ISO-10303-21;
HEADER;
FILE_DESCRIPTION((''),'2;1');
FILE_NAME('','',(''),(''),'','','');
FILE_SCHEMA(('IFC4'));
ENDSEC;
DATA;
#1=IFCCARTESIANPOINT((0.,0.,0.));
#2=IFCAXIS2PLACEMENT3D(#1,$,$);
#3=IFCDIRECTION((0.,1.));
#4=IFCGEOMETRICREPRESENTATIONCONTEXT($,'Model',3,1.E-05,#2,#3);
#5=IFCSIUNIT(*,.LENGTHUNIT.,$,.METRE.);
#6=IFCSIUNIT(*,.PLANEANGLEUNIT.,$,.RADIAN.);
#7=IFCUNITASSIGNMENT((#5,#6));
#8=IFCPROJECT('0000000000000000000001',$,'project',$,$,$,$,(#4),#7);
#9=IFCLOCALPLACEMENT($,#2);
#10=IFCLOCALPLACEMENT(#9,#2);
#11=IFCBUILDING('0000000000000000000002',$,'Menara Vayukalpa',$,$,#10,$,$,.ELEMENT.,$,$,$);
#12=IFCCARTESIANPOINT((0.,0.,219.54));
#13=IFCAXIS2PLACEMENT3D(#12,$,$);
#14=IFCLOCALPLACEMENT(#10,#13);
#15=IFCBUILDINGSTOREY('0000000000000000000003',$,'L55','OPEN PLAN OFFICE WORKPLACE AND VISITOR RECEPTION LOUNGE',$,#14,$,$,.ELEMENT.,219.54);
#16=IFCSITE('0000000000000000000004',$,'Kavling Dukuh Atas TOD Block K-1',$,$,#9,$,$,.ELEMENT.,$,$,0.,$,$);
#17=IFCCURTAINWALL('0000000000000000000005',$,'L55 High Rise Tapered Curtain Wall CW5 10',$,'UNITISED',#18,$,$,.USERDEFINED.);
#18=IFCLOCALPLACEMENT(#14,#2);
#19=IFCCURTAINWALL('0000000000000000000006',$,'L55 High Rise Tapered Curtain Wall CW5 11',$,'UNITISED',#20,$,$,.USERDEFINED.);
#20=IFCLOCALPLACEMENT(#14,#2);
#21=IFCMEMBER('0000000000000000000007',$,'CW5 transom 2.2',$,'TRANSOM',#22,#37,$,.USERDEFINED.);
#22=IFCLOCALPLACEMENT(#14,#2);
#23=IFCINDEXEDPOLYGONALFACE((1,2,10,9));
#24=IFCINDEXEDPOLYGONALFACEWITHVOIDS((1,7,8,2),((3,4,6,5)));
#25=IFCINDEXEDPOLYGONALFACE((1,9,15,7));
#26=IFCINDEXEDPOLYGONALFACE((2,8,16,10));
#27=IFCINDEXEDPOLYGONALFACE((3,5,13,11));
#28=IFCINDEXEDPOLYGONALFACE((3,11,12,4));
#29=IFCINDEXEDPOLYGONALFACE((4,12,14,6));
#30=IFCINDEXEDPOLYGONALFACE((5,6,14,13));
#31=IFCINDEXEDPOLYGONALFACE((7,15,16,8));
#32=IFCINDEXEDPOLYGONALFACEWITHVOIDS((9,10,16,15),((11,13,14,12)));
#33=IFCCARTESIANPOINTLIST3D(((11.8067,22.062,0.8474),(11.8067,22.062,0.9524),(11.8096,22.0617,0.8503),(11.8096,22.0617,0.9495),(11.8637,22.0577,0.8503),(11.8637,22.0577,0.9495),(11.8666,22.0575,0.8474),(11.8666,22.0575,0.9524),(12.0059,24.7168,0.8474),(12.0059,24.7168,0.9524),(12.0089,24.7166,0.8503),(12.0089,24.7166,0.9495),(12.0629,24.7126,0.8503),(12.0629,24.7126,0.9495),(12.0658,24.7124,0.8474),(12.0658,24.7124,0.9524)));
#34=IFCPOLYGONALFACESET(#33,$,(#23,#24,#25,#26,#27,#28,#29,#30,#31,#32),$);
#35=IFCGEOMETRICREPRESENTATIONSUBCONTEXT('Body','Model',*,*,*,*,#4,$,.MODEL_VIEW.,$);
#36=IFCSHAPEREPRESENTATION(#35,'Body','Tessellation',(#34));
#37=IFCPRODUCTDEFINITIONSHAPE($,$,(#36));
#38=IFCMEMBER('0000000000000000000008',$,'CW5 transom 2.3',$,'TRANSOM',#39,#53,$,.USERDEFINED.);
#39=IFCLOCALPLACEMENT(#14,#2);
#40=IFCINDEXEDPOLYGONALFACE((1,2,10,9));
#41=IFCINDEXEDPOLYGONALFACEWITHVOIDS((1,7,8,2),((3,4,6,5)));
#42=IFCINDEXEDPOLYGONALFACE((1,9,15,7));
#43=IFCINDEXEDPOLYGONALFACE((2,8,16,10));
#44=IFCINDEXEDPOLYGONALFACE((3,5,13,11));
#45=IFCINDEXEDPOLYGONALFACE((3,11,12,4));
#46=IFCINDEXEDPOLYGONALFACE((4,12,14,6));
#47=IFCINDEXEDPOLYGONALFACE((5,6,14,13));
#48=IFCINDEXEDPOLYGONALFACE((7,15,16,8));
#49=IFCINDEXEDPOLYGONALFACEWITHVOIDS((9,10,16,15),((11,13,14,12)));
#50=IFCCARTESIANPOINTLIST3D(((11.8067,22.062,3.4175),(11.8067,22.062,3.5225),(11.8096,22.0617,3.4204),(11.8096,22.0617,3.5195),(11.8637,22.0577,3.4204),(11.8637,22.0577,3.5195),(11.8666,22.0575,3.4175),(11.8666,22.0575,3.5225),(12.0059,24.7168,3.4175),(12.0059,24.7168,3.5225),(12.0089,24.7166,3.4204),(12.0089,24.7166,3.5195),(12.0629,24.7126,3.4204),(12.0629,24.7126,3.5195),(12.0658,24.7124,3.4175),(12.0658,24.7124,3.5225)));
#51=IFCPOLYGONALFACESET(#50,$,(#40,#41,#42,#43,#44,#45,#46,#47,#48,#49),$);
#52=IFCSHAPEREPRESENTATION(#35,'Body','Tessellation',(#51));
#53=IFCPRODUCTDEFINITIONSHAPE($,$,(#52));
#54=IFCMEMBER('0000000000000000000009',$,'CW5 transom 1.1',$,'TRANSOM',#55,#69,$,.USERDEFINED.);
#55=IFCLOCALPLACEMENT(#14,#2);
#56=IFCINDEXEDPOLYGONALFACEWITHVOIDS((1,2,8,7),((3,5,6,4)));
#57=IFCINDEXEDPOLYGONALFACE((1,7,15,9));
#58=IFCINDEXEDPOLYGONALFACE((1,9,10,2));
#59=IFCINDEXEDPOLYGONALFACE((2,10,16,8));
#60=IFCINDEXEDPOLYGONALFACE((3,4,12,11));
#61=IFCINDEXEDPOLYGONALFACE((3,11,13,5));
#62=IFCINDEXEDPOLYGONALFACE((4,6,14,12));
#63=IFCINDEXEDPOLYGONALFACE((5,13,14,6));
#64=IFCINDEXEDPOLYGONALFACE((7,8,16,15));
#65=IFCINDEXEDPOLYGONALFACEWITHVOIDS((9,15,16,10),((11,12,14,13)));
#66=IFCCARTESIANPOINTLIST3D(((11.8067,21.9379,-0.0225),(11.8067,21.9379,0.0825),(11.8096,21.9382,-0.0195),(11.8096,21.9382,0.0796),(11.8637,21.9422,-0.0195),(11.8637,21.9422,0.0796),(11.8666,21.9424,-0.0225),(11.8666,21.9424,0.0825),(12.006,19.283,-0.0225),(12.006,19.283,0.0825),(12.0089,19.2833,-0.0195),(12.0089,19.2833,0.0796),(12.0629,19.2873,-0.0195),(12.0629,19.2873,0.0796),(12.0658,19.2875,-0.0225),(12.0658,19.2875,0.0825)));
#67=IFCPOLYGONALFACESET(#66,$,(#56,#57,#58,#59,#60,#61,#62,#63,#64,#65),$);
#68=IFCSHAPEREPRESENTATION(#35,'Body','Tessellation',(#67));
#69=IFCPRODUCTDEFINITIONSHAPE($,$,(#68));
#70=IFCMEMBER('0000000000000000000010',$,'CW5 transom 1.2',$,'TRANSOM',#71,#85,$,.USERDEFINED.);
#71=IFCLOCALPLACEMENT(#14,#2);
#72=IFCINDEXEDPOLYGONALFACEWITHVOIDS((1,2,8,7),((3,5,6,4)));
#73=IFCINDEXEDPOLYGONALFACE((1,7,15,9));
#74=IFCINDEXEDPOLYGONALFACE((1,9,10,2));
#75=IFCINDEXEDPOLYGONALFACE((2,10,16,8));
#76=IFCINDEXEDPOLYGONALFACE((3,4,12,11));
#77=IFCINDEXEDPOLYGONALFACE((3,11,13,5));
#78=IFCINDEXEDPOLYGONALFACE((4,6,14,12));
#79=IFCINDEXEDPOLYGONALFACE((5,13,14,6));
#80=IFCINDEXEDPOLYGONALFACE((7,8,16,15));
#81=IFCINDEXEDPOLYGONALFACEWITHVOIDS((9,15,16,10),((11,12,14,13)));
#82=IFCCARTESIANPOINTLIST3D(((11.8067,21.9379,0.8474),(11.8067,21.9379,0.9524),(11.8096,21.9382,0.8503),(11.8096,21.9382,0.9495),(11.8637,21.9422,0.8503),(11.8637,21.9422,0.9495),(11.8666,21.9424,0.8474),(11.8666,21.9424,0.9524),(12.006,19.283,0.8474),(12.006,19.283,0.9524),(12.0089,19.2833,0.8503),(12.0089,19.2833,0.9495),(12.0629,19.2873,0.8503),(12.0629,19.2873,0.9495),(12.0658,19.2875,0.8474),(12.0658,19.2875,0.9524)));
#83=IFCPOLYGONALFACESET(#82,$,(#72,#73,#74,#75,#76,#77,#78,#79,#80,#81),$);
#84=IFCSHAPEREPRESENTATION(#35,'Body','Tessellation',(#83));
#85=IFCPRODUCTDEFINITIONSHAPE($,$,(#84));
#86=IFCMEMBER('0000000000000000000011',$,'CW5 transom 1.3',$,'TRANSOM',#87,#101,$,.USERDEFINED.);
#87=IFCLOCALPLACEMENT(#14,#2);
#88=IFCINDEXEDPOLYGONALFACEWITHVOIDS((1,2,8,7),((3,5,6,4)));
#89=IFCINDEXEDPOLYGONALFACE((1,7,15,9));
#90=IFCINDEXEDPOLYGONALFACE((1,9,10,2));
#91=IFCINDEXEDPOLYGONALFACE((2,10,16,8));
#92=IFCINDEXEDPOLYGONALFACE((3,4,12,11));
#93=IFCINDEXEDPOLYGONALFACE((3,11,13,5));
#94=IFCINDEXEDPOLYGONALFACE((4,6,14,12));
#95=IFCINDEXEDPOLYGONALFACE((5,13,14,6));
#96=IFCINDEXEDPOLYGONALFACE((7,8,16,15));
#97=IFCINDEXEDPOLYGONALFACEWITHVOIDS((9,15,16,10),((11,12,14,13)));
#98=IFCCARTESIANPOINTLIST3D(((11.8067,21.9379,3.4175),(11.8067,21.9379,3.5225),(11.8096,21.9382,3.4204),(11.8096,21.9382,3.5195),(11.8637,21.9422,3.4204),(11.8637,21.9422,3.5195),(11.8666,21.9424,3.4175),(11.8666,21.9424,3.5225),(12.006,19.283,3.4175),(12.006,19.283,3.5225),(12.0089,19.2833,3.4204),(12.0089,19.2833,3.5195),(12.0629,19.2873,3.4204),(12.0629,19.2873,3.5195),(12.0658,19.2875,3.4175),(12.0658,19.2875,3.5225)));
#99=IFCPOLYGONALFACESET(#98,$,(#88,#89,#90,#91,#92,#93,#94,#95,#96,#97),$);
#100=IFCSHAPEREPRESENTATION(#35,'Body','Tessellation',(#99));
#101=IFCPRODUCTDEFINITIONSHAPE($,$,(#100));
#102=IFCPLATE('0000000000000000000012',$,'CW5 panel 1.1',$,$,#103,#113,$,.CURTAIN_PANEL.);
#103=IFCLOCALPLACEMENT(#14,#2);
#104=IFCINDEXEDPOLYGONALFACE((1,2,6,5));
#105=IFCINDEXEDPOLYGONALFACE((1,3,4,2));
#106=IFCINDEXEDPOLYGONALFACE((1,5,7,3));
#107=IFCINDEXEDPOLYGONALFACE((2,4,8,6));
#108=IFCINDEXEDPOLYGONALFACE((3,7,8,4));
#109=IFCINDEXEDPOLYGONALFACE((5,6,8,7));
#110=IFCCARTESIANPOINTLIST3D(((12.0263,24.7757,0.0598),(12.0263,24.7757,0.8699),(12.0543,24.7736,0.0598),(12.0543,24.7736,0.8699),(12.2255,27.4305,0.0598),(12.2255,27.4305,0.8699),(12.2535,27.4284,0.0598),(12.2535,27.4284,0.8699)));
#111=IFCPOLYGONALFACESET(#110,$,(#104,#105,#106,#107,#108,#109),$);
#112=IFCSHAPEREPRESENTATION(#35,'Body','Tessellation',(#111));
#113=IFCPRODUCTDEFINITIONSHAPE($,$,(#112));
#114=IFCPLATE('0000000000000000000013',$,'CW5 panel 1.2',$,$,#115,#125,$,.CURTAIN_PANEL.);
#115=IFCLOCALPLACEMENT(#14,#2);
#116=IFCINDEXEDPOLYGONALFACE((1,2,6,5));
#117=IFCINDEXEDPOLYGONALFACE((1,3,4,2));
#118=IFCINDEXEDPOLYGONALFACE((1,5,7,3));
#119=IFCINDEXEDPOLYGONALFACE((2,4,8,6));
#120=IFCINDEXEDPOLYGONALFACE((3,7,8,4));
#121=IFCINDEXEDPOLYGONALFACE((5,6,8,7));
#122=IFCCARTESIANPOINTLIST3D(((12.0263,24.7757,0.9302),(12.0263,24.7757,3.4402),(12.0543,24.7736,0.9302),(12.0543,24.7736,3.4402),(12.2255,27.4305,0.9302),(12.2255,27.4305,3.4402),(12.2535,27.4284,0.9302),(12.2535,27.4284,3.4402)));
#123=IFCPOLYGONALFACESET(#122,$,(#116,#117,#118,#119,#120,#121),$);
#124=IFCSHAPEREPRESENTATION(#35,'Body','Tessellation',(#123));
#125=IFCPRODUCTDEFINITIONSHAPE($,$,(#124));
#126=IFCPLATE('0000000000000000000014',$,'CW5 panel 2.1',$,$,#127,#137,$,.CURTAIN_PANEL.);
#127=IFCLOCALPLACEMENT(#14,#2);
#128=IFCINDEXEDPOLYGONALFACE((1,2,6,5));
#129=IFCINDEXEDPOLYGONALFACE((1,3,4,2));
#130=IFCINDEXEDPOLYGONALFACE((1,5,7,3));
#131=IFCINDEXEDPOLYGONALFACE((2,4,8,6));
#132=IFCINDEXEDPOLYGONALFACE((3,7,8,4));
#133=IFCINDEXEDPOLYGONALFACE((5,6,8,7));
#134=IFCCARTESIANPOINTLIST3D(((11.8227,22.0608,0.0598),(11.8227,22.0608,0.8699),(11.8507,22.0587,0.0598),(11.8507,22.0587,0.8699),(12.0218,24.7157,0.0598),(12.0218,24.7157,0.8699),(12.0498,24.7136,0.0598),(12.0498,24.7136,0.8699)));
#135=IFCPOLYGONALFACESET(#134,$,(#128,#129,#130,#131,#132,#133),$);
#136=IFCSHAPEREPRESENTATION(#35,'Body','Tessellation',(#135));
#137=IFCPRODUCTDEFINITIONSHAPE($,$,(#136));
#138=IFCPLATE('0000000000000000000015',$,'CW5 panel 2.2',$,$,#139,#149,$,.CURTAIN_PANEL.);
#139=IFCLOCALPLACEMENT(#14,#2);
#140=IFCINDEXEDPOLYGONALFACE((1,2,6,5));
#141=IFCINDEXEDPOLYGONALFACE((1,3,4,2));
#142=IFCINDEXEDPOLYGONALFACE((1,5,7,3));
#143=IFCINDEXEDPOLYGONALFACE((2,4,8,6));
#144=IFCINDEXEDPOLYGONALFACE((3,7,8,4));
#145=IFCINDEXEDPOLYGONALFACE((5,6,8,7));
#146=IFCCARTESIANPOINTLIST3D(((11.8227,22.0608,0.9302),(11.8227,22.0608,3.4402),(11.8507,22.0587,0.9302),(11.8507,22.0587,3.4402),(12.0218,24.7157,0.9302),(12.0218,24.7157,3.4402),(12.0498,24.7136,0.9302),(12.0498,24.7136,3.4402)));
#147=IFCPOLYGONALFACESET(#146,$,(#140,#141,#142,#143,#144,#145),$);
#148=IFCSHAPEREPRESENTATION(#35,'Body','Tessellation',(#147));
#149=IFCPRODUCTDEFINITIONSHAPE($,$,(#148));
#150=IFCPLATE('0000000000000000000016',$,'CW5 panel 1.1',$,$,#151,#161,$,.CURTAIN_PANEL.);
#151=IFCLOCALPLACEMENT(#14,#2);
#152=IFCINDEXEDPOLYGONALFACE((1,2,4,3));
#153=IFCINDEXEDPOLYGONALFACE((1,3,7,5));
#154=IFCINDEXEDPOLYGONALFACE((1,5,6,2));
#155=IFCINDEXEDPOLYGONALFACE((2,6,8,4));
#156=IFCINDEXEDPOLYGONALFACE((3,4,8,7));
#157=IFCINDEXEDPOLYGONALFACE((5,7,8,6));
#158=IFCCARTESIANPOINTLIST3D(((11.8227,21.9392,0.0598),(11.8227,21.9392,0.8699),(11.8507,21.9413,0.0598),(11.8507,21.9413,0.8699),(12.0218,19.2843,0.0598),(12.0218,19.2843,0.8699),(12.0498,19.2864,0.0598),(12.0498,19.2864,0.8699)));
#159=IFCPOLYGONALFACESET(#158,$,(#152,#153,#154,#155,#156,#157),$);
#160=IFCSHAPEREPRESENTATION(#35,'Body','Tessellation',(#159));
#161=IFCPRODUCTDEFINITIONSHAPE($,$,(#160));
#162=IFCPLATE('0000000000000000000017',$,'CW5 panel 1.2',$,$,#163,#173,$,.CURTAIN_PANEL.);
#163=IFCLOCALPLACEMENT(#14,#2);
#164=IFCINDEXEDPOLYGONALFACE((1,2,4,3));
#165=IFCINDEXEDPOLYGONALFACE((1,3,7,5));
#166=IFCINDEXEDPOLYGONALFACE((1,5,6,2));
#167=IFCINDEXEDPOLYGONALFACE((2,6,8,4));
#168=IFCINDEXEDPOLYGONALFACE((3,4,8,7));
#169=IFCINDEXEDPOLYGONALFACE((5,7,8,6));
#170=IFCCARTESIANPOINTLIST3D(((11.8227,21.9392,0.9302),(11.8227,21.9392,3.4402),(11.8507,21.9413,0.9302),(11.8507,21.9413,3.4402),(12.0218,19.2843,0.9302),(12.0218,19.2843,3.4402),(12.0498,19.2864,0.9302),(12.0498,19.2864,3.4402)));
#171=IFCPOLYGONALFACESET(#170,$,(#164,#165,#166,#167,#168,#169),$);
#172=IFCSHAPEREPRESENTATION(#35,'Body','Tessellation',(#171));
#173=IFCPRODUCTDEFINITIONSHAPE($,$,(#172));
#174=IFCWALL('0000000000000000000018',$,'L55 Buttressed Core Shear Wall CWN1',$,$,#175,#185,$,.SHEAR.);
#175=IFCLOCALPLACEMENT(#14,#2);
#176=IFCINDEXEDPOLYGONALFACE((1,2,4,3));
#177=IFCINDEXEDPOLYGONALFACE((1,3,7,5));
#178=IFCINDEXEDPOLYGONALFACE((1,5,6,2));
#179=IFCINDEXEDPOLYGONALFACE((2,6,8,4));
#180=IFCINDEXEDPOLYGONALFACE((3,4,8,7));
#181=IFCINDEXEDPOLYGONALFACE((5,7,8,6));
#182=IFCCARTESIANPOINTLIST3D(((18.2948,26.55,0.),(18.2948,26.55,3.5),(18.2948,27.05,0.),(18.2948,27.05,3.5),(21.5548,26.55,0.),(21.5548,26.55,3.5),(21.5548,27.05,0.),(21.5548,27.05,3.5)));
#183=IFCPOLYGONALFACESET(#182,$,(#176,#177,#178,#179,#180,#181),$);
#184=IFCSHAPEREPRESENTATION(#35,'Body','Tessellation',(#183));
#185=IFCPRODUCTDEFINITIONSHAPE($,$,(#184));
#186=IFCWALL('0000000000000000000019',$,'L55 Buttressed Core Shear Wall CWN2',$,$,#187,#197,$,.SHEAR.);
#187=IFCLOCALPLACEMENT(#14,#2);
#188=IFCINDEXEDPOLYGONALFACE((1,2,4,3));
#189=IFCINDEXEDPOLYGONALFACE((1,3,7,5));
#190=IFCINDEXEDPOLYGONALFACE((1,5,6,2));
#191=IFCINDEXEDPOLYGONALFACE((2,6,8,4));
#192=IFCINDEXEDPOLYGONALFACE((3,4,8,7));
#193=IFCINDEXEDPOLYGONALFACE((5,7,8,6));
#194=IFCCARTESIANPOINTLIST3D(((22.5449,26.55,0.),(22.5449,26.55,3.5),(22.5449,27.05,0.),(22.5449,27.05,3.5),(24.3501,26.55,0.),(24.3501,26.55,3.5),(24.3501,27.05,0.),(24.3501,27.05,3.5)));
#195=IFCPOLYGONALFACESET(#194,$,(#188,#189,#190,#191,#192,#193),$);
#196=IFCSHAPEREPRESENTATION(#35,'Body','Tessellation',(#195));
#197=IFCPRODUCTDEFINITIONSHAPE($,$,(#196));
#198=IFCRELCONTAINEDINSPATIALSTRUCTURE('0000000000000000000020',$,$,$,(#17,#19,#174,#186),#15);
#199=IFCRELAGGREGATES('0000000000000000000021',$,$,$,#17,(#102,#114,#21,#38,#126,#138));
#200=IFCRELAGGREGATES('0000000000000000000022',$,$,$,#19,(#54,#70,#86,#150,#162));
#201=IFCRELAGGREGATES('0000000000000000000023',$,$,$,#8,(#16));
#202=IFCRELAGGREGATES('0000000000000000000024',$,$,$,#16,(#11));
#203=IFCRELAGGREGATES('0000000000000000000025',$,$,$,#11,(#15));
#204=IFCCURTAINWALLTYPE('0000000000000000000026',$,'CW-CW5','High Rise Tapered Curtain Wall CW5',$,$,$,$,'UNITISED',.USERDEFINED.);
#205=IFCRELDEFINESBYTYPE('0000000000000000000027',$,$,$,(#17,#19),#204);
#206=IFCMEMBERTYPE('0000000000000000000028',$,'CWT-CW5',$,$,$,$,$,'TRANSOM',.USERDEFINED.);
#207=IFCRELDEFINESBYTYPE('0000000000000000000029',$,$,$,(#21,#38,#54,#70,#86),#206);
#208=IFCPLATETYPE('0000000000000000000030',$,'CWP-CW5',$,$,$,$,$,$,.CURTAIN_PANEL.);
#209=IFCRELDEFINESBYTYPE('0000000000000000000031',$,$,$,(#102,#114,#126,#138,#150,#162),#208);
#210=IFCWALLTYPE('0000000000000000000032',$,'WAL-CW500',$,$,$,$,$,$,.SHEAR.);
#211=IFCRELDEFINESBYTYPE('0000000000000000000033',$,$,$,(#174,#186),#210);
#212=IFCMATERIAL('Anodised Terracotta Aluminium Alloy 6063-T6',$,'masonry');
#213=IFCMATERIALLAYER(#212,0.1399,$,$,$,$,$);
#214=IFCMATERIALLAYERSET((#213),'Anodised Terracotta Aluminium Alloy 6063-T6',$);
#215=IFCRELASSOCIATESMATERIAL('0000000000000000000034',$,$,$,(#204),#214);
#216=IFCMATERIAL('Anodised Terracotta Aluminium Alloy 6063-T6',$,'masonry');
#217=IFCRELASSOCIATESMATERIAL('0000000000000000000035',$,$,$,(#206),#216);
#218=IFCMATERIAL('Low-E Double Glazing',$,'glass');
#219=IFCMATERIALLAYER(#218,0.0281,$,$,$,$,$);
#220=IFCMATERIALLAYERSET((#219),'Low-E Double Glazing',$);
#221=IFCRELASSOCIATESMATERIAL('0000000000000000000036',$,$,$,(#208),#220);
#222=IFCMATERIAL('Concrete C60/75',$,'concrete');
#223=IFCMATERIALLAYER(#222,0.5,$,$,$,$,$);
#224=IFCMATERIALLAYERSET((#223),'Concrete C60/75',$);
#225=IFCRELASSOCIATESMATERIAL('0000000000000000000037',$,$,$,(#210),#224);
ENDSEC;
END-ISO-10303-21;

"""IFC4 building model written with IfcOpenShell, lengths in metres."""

from ifc_helpers import new_model, si_unit, direction, frame, frame_2d, origin, origin_2d, place, context, subcontext, project, spatial, rectangle, hollow_rectangle, extrude, material, layer, layer_set, material_profile, profile_set, type_object, element, aggregate, save


model = new_model("IFC4")

# Units and contexts
model_context = context("Model", 3, precision=1e-05, world=origin(), true_north=direction((0.0, 1.0)))
body_context = subcontext(model_context, "Body", "Model", "MODEL_VIEW")
ifc_project = project(units=[si_unit("LENGTHUNIT", "METRE"), si_unit("PLANEANGLEUNIT", "RADIAN")], contexts=[model_context])

# Site, building, storey
site_placement = place(None, origin())
site = spatial("IfcSite", under=ifc_project, at=site_placement, Name="Kavling Dukuh Atas TOD Block K-1", CompositionType="ELEMENT", RefElevation=0.0)
building_placement = place(site_placement, origin())
building = spatial("IfcBuilding", under=site, at=building_placement, Name="Menara Vayukalpa", CompositionType="ELEMENT")
storey_placement = place(building_placement, frame((0.0, 0.0, 219.54)))
storey = spatial("IfcBuildingStorey", under=building, at=storey_placement, Name="L55", Description="OPEN PLAN OFFICE WORKPLACE AND VISITOR RECEPTION LOUNGE", CompositionType="ELEMENT", Elevation=219.54)

# Curtain wall
ifc_material_1 = material(Name="Anodised Terracotta Aluminium Alloy 6063-T6", Category="masonry")
ifc_layer_1 = layer(ifc_material_1, 0.1399)
ifc_layer_set_1 = layer_set([ifc_layer_1], Name="Anodised Terracotta Aluminium Alloy 6063-T6")
curtain_wall_type = type_object("IfcCurtainWallType", Name="CW-CW5", Description="High Rise Tapered Curtain Wall CW5", ElementType="UNITISED", PredefinedType="USERDEFINED", material=ifc_layer_set_1)
curtain_wall_1_placement = place(storey_placement, origin())
curtain_wall_1 = element("IfcCurtainWall", 1, at=curtain_wall_1_placement, inside=storey, type_object=curtain_wall_type, Name="L55 High Rise Tapered Curtain Wall CW5 10", ObjectType="UNITISED", PredefinedType="USERDEFINED")

# Curtain wall
curtain_wall_2_placement = place(storey_placement, origin())
curtain_wall_2 = element("IfcCurtainWall", 2, at=curtain_wall_2_placement, inside=storey, type_object=curtain_wall_type, Name="L55 High Rise Tapered Curtain Wall CW5 11", ObjectType="UNITISED", PredefinedType="USERDEFINED")

# Members
ifc_material_2 = material(Name="Anodised Terracotta Aluminium Alloy 6063-T6", Category="masonry")
ifc_material_profile_1 = material_profile(ifc_material_2, hollow_rectangle(XDim=0.0601, YDim=0.105, WallThickness=0.0029, at=origin_2d()), Name="ALU 60x105x3")
ifc_profile_set_1 = profile_set([ifc_material_profile_1], Name="Anodised Terracotta Aluminium Alloy 6063-T6")
member_type_1 = type_object("IfcMemberType", Name="CWT-CW5", ElementType="TRANSOM", PredefinedType="USERDEFINED", material=ifc_profile_set_1)
member_1_placement = place(storey_placement, frame((12.0359, 24.7146, 0.8999), z_axis=(-0.074831, -0.997196, 0.0), x_axis=(0.997196, -0.074831, 0.0)))
member_1 = element("IfcMember", 3, at=member_1_placement, type_object=member_type_1, Name="CW5 transom 2.2", ObjectType="TRANSOM", PredefinedType="USERDEFINED", context=body_context, shape_type="SweptSolid", body=[
    extrude(hollow_rectangle(XDim=0.0601, YDim=0.105, WallThickness=0.0029, at=origin_2d()), origin(), (0.0, 0.0, 1.0), 2.6624),
])
member_2_placement = place(storey_placement, frame((12.0359, 24.7146, 3.47), z_axis=(-0.074831, -0.997196, 0.0), x_axis=(0.997196, -0.074831, 0.0)))
member_2 = element("IfcMember", 4, at=member_2_placement, type_object=member_type_1, Name="CW5 transom 2.3", ObjectType="TRANSOM", PredefinedType="USERDEFINED", context=body_context, shape_type="SweptSolid", body=[
    extrude(hollow_rectangle(XDim=0.0601, YDim=0.105, WallThickness=0.0029, at=origin_2d()), origin(), (0.0, 0.0, 1.0), 2.6624),
])
member_3_placement = place(storey_placement, frame((11.8367, 21.9402, 0.03), z_axis=(0.074831, -0.997196, 0.0), x_axis=(0.997196, 0.074831, 0.0)))
member_3 = element("IfcMember", 5, at=member_3_placement, type_object=member_type_1, Name="CW5 transom 1.1", ObjectType="TRANSOM", PredefinedType="USERDEFINED", context=body_context, shape_type="SweptSolid", body=[
    extrude(hollow_rectangle(XDim=0.0601, YDim=0.105, WallThickness=0.0029, at=origin_2d()), origin(), (0.0, 0.0, 1.0), 2.6624),
])
member_4_placement = place(storey_placement, frame((11.8367, 21.9402, 0.8999), z_axis=(0.074831, -0.997196, 0.0), x_axis=(0.997196, 0.074831, 0.0)))
member_4 = element("IfcMember", 6, at=member_4_placement, type_object=member_type_1, Name="CW5 transom 1.2", ObjectType="TRANSOM", PredefinedType="USERDEFINED", context=body_context, shape_type="SweptSolid", body=[
    extrude(hollow_rectangle(XDim=0.0601, YDim=0.105, WallThickness=0.0029, at=origin_2d()), origin(), (0.0, 0.0, 1.0), 2.6624),
])
member_5_placement = place(storey_placement, frame((11.8367, 21.9402, 3.47), z_axis=(0.074831, -0.997196, 0.0), x_axis=(0.997196, 0.074831, 0.0)))
member_5 = element("IfcMember", 7, at=member_5_placement, type_object=member_type_1, Name="CW5 transom 1.3", ObjectType="TRANSOM", PredefinedType="USERDEFINED", context=body_context, shape_type="SweptSolid", body=[
    extrude(hollow_rectangle(XDim=0.0601, YDim=0.105, WallThickness=0.0029, at=origin_2d()), origin(), (0.0, 0.0, 1.0), 2.6624),
])

# Plates
ifc_material_3 = material(Name="Low-E Double Glazing", Category="glass")
ifc_layer_2 = layer(ifc_material_3, 0.0281)
ifc_layer_set_2 = layer_set([ifc_layer_2], Name="Low-E Double Glazing")
plate_type = type_object("IfcPlateType", Name="CWP-CW5", PredefinedType="CURTAIN_PANEL", material=ifc_layer_set_2)
plate_1_placement = place(storey_placement, frame((12.1399, 26.1021, 0.0598), z_axis=(0.0, 0.0, 1.0), x_axis=(-0.074792, -0.997199, 0.0)))
plate_1 = element("IfcPlate", 8, at=plate_1_placement, type_object=plate_type, Name="CW5 panel 1.1", PredefinedType="CURTAIN_PANEL", context=body_context, shape_type="SweptSolid", body=[
    extrude(rectangle(XDim=2.6624, YDim=0.0281, at=origin_2d()), origin(), (0.0, 0.0, 1.0), 0.8101),
])
plate_2_placement = place(storey_placement, frame((12.1399, 26.1021, 0.9302), z_axis=(0.0, 0.0, 1.0), x_axis=(-0.074792, -0.997199, 0.0)))
plate_2 = element("IfcPlate", 9, at=plate_2_placement, type_object=plate_type, Name="CW5 panel 1.2", PredefinedType="CURTAIN_PANEL", context=body_context, shape_type="SweptSolid", body=[
    extrude(rectangle(XDim=2.6624, YDim=0.0281, at=origin_2d()), origin(), (0.0, 0.0, 1.0), 2.51),
])
plate_3_placement = place(storey_placement, frame((11.9363, 23.3872, 0.0598), z_axis=(0.0, 0.0, 1.0), x_axis=(-0.074792, -0.997199, 0.0)))
plate_3 = element("IfcPlate", 10, at=plate_3_placement, type_object=plate_type, Name="CW5 panel 2.1", PredefinedType="CURTAIN_PANEL", context=body_context, shape_type="SweptSolid", body=[
    extrude(rectangle(XDim=2.6624, YDim=0.0281, at=origin_2d()), origin(), (0.0, 0.0, 1.0), 0.8101),
])
plate_4_placement = place(storey_placement, frame((11.9363, 23.3872, 0.9302), z_axis=(0.0, 0.0, 1.0), x_axis=(-0.074792, -0.997199, 0.0)))
plate_4 = element("IfcPlate", 11, at=plate_4_placement, type_object=plate_type, Name="CW5 panel 2.2", PredefinedType="CURTAIN_PANEL", context=body_context, shape_type="SweptSolid", body=[
    extrude(rectangle(XDim=2.6624, YDim=0.0281, at=origin_2d()), origin(), (0.0, 0.0, 1.0), 2.51),
])
aggregate(curtain_wall_1, [plate_1, plate_2, member_1, member_2, plate_3, plate_4])
plate_5_placement = place(storey_placement, frame((11.9363, 20.6128, 0.0598), z_axis=(0.0, 0.0, 1.0), x_axis=(0.074792, -0.997199, 0.0)))
plate_5 = element("IfcPlate", 12, at=plate_5_placement, type_object=plate_type, Name="CW5 panel 1.1", PredefinedType="CURTAIN_PANEL", context=body_context, shape_type="SweptSolid", body=[
    extrude(rectangle(XDim=2.6624, YDim=0.0281, at=origin_2d()), origin(), (0.0, 0.0, 1.0), 0.8101),
])
plate_6_placement = place(storey_placement, frame((11.9363, 20.6128, 0.9302), z_axis=(0.0, 0.0, 1.0), x_axis=(0.074792, -0.997199, 0.0)))
plate_6 = element("IfcPlate", 13, at=plate_6_placement, type_object=plate_type, Name="CW5 panel 1.2", PredefinedType="CURTAIN_PANEL", context=body_context, shape_type="SweptSolid", body=[
    extrude(rectangle(XDim=2.6624, YDim=0.0281, at=origin_2d()), origin(), (0.0, 0.0, 1.0), 2.51),
])
aggregate(curtain_wall_2, [member_3, member_4, member_5, plate_5, plate_6])

# Walls
ifc_material_4 = material(Name="Concrete C60/75", Category="concrete")
ifc_layer_3 = layer(ifc_material_4, 0.5)
ifc_layer_set_3 = layer_set([ifc_layer_3], Name="Concrete C60/75")
wall_type_1 = type_object("IfcWallType", Name="WAL-CW500", PredefinedType="SHEAR", material=ifc_layer_set_3)
wall_1_placement = place(storey_placement, frame((18.2949, 26.8, 0.0), z_axis=(0.0, 0.0, 1.0), x_axis=(1.0, 0.0, 0.0)))
element("IfcWall", 14, at=wall_1_placement, inside=storey, type_object=wall_type_1, Name="L55 Buttressed Core Shear Wall CWN1", PredefinedType="SHEAR", context=body_context, shape_type="SweptSolid", body=[
    extrude(rectangle(XDim=3.26, YDim=0.5, at=frame_2d((1.6299, 0.0))), origin(), (0.0, 0.0, 1.0), 3.5),
])
wall_2_placement = place(storey_placement, frame((22.5449, 26.8, 0.0), z_axis=(0.0, 0.0, 1.0), x_axis=(1.0, 0.0, 0.0)))
element("IfcWall", 15, at=wall_2_placement, inside=storey, type_object=wall_type_1, Name="L55 Buttressed Core Shear Wall CWN2", PredefinedType="SHEAR", context=body_context, shape_type="SweptSolid", body=[
    extrude(rectangle(XDim=1.8052, YDim=0.5, at=frame_2d((0.9026, 0.0))), origin(), (0.0, 0.0, 1.0), 3.5),
])

save(model, "model.ifc")
